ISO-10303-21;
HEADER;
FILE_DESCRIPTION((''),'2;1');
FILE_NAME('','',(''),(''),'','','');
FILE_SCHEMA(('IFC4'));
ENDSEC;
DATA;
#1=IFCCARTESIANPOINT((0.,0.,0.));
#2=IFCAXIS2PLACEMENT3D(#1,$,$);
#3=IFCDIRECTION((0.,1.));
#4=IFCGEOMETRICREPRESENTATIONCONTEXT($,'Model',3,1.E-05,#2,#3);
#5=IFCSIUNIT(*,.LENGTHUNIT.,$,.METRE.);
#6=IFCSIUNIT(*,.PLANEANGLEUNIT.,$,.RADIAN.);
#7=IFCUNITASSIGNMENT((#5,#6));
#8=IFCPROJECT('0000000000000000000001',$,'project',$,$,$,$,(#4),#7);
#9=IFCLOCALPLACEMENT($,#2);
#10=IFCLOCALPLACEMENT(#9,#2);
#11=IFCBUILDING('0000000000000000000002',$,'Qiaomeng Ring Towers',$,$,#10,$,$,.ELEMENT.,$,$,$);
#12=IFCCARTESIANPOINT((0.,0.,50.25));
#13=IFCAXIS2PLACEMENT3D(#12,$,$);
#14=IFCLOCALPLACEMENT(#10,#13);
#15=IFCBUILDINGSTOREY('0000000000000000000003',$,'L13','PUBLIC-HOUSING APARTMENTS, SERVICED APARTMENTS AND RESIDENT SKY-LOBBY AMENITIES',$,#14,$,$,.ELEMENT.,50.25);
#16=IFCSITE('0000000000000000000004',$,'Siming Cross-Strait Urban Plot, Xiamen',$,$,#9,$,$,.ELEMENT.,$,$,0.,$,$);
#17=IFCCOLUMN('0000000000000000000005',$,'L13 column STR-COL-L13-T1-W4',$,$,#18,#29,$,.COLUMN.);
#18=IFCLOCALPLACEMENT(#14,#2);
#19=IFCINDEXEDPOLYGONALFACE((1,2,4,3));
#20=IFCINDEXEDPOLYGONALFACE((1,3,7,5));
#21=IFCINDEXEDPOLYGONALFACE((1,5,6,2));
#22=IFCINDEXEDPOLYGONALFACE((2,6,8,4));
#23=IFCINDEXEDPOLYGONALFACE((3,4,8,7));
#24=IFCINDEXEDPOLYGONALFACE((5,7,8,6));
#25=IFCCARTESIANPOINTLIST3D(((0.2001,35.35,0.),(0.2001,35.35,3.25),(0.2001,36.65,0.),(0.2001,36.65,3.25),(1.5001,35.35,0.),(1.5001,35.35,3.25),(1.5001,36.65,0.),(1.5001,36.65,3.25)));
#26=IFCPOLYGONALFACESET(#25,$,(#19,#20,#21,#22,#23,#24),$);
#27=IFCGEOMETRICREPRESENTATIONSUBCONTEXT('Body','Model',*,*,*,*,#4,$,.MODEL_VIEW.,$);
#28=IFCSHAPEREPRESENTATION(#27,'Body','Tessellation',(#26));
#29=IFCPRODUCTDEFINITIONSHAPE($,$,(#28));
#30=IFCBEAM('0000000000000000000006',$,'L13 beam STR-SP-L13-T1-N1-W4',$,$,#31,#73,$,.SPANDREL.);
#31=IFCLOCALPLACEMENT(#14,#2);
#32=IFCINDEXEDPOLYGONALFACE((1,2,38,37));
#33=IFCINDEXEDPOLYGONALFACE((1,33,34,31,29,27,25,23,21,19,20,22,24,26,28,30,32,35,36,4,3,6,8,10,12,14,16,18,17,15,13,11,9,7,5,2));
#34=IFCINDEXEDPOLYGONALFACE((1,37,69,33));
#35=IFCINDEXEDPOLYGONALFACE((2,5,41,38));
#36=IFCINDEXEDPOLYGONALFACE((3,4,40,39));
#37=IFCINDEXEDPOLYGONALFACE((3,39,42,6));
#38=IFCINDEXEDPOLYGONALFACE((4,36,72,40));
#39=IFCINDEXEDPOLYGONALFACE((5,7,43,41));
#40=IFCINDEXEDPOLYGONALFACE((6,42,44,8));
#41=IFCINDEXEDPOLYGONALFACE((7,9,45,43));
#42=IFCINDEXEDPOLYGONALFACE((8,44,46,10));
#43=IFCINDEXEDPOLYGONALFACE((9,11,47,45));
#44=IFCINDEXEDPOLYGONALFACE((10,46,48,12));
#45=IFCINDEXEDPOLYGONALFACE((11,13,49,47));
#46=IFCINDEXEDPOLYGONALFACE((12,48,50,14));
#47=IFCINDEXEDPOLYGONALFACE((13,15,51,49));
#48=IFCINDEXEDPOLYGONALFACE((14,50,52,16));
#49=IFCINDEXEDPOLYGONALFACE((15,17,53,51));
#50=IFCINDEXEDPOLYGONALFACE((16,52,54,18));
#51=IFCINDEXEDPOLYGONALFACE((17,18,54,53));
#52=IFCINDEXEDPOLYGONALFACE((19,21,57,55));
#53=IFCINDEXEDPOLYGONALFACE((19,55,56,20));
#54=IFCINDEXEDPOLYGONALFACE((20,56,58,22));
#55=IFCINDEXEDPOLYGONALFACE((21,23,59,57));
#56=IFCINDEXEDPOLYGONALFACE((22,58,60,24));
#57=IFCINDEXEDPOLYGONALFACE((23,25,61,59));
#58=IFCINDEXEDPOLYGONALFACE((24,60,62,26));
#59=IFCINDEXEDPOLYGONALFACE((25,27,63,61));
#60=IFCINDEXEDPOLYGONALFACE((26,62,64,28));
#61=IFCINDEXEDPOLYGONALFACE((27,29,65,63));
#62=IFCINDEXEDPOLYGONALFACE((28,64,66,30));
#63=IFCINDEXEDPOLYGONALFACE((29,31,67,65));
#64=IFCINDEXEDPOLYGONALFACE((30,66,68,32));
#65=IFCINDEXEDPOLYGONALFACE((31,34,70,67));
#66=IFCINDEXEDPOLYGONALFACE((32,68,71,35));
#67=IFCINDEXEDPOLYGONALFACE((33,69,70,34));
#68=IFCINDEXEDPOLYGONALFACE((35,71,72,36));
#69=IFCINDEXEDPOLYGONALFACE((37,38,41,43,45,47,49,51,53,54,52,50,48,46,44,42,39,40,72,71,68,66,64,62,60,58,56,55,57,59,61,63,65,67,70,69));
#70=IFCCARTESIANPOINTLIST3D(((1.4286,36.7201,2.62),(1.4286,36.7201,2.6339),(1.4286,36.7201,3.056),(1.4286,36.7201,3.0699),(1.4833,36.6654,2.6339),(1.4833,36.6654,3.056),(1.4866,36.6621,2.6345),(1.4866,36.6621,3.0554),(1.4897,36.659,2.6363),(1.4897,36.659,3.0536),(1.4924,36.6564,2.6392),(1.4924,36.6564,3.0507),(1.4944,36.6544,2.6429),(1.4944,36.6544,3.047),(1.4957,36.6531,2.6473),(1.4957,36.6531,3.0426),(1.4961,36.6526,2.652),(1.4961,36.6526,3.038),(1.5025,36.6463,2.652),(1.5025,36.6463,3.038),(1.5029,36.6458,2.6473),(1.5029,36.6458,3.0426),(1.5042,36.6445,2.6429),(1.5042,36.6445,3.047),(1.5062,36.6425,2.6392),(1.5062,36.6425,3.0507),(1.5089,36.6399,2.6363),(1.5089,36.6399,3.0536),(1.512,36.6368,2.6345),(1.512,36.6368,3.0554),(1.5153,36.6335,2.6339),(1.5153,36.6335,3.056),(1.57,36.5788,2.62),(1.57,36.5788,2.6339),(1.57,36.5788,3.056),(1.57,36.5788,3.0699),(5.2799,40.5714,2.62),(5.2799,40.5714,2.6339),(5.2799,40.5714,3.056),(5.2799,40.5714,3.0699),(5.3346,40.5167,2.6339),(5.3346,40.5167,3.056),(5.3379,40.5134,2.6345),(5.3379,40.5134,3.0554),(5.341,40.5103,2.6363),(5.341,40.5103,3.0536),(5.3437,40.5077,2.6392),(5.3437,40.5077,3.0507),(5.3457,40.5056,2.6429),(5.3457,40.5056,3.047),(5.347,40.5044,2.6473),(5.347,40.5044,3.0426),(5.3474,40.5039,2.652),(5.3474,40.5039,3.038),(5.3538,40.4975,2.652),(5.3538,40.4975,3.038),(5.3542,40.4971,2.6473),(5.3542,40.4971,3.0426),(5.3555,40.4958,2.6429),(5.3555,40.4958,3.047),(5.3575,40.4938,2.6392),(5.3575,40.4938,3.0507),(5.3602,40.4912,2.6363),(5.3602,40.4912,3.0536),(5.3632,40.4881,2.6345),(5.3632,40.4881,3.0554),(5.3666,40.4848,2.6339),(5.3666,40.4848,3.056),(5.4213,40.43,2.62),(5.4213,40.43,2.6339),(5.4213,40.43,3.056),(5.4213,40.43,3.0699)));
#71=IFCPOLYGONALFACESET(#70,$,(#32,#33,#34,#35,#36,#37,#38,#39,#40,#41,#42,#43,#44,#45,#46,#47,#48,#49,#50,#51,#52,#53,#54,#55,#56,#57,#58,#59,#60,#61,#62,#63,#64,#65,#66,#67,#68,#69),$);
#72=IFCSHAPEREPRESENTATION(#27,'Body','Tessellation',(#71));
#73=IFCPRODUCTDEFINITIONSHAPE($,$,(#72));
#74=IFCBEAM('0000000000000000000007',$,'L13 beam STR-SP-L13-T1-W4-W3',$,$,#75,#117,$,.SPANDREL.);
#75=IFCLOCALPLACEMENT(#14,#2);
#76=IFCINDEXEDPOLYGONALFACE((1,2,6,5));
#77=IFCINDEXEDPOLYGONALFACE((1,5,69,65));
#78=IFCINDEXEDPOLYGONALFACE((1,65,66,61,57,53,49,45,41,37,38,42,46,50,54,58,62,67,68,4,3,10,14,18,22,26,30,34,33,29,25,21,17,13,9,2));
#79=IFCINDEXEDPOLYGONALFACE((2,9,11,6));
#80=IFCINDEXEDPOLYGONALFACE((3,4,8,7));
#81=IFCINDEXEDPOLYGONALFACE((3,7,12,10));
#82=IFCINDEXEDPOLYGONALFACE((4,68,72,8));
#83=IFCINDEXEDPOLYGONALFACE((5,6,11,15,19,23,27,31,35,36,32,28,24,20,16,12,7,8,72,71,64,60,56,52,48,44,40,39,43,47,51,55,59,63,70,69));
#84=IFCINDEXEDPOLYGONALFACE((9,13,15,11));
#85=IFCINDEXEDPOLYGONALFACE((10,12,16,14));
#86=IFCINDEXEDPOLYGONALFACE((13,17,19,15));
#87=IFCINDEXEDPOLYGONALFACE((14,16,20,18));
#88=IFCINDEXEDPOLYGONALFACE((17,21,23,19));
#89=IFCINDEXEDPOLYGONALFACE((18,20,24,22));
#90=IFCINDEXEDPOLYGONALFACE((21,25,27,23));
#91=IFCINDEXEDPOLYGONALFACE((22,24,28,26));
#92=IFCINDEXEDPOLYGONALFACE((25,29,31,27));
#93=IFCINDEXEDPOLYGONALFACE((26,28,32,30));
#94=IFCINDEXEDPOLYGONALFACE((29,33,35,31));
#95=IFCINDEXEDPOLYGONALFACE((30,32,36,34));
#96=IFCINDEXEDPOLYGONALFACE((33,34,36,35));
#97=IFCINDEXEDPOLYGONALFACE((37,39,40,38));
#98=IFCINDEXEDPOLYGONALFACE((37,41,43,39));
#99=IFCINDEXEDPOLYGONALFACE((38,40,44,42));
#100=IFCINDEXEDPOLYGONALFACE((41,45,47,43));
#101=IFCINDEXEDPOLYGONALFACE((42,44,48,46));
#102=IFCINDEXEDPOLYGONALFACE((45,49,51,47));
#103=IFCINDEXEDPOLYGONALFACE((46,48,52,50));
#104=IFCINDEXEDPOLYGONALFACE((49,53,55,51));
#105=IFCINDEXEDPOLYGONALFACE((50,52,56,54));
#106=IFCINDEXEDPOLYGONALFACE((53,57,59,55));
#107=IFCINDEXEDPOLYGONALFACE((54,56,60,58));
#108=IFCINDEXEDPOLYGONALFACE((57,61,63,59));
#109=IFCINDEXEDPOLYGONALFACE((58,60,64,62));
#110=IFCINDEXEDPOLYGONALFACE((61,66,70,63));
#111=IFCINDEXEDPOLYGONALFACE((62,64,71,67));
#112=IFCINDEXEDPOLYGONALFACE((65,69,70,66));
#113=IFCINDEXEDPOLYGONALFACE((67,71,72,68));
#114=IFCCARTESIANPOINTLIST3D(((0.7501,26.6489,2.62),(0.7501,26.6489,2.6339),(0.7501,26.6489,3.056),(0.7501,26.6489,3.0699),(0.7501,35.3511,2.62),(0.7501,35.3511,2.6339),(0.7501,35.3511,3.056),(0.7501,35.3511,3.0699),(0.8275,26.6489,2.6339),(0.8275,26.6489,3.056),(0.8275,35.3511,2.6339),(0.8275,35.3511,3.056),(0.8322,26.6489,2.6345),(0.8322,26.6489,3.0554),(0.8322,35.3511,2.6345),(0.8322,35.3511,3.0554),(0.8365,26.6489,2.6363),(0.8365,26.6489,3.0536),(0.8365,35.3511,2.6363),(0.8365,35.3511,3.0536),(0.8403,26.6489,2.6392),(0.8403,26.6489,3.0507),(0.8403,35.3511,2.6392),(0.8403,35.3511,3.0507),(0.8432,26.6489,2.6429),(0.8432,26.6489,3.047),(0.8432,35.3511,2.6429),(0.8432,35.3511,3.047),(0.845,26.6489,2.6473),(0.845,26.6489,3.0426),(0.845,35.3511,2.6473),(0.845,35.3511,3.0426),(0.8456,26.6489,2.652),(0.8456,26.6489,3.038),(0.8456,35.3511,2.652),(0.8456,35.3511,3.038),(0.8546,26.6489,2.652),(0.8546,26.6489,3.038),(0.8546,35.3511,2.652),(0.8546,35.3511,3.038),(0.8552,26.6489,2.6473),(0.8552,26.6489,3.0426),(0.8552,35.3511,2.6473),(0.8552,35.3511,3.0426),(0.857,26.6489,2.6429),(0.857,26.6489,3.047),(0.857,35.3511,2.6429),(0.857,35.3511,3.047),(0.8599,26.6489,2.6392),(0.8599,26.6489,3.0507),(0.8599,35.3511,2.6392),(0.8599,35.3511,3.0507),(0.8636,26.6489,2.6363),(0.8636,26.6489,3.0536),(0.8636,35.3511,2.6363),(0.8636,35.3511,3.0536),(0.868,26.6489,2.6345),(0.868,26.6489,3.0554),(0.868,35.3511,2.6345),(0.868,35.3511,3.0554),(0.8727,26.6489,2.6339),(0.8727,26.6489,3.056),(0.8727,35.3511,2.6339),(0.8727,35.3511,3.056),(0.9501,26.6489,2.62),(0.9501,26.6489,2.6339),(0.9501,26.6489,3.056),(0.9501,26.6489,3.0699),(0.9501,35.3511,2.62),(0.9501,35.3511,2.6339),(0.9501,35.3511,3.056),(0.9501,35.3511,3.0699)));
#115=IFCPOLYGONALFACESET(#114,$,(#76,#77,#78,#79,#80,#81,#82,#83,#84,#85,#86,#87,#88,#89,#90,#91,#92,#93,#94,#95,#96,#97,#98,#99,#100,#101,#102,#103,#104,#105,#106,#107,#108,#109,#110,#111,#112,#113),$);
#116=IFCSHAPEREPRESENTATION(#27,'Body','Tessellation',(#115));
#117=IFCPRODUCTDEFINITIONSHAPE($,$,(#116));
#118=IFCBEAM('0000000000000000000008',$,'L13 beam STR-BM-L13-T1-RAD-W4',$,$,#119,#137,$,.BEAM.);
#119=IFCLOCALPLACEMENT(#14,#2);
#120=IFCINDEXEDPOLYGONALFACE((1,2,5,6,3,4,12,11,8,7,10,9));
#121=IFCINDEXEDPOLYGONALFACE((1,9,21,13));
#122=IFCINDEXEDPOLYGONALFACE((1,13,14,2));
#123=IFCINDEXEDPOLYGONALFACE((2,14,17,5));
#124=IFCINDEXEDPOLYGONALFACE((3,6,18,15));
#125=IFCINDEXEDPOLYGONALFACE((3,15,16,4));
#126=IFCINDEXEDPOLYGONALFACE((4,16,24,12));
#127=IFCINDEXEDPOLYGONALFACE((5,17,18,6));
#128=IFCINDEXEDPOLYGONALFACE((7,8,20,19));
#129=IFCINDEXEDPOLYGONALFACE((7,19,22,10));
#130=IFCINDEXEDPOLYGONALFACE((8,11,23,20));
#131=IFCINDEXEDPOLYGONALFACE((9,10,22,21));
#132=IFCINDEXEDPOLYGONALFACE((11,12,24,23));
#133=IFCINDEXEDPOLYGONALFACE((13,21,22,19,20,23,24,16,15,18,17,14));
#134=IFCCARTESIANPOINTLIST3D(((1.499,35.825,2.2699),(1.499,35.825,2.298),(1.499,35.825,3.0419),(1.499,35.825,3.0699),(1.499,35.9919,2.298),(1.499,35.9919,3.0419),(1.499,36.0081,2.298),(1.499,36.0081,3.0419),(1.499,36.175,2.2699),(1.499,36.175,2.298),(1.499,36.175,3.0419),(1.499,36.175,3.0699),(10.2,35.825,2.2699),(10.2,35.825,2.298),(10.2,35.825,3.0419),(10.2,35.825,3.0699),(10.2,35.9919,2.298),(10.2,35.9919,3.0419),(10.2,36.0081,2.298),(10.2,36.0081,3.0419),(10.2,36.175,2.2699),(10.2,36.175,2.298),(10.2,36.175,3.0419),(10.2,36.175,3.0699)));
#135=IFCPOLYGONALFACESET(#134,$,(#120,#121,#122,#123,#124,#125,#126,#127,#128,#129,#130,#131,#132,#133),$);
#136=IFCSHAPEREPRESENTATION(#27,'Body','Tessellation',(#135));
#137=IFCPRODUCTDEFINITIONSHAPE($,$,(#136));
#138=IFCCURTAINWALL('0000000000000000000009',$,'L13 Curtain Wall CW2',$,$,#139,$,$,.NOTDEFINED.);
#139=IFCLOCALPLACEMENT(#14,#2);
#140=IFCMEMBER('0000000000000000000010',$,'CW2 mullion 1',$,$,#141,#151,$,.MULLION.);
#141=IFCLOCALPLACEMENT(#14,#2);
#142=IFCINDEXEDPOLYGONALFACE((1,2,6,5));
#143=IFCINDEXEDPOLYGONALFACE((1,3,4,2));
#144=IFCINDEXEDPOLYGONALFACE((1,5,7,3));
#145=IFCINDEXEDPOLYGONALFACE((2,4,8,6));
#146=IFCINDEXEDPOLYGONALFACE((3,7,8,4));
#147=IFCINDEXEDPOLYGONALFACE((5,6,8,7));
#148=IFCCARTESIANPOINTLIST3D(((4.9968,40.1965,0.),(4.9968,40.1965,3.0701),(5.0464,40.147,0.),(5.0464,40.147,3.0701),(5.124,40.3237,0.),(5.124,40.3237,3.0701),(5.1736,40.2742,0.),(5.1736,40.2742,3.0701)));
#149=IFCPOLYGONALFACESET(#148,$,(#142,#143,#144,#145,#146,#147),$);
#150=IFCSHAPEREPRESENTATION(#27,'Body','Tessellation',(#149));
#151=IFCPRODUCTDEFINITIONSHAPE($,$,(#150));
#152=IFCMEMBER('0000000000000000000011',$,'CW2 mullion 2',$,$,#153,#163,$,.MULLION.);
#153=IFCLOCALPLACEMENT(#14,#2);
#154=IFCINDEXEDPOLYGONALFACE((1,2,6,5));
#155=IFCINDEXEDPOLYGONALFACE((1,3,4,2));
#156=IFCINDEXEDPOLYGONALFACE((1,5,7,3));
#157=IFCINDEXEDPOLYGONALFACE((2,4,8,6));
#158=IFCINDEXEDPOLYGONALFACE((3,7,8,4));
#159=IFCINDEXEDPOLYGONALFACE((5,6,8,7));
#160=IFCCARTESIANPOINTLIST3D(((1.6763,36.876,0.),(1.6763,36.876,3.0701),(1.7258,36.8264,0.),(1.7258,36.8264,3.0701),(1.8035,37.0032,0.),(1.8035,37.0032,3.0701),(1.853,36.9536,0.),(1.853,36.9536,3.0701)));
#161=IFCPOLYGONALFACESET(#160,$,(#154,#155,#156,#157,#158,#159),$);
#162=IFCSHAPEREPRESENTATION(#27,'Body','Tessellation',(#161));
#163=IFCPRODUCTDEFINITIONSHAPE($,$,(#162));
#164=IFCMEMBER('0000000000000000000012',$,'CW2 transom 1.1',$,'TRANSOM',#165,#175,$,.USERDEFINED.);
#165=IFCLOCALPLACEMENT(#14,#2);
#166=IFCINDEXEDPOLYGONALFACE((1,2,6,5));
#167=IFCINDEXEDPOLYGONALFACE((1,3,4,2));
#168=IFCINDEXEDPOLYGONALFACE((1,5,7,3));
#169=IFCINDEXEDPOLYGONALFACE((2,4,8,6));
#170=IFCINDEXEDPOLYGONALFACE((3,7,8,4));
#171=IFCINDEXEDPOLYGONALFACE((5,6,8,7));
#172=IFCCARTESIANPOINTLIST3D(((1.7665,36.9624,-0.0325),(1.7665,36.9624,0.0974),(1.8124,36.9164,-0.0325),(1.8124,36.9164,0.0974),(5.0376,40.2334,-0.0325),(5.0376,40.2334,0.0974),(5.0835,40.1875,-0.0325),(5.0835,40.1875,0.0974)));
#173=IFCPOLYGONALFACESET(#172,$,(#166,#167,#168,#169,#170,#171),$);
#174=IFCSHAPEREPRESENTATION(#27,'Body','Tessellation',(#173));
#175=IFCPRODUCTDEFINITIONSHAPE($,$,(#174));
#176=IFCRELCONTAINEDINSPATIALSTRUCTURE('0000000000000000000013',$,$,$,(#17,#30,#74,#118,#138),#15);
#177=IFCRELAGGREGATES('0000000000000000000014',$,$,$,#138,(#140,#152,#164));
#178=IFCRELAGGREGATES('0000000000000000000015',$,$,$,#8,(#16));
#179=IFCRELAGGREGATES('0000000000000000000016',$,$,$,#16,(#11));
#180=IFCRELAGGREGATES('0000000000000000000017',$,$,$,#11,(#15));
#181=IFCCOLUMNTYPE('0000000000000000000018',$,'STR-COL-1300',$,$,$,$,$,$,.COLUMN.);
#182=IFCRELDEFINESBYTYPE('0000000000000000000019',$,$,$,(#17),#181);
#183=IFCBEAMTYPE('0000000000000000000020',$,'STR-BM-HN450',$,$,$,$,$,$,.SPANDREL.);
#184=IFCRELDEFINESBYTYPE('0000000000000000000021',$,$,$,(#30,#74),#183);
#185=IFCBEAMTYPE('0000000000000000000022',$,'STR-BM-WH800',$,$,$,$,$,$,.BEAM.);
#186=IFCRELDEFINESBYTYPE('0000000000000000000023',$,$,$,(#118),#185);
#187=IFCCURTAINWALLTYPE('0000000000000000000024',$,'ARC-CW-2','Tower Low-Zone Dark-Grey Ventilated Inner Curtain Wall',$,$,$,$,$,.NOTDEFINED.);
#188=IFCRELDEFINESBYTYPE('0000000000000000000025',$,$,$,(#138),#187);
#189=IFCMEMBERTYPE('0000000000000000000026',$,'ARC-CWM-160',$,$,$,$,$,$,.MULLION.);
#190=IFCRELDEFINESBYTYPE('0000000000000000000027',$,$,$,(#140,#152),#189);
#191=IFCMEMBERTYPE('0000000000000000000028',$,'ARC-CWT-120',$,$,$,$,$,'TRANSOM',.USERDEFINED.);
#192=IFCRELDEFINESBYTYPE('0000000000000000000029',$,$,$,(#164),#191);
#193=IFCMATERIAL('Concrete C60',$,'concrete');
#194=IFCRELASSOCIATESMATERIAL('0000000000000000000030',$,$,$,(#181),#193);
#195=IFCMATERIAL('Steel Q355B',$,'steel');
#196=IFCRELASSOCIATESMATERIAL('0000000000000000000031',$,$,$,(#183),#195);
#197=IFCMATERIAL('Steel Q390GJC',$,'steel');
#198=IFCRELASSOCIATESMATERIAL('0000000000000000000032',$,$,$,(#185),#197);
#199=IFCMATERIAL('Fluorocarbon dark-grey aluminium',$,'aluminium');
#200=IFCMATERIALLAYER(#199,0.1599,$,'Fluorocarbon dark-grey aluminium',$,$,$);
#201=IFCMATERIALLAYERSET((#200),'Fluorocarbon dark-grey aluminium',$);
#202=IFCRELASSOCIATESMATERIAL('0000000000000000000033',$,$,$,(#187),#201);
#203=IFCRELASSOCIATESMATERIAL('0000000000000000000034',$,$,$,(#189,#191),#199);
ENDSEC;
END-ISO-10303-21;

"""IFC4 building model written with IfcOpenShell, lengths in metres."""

from ifc_helpers import new_model, si_unit, direction, frame, origin, origin_2d, place, context, subcontext, project, spatial, rectangle, i_section, extrude, source, transform, mapped, material, layer, layer_set, material_profile, profile_set, type_object, element, aggregate, save


model = new_model("IFC4")

# Units and contexts
model_context = context("Model", 3, precision=1e-05, world=origin(), true_north=direction((0.0, 1.0)))
body_context = subcontext(model_context, "Body", "Model", "MODEL_VIEW")
ifc_project = project(units=[si_unit("LENGTHUNIT", "METRE"), si_unit("PLANEANGLEUNIT", "RADIAN")], contexts=[model_context])

# Site, building, storey
site_placement = place(None, origin())
site = spatial("IfcSite", under=ifc_project, at=site_placement, Name="Siming Cross-Strait Urban Plot, Xiamen", CompositionType="ELEMENT", RefElevation=0.0)
building_placement = place(site_placement, origin())
building = spatial("IfcBuilding", under=site, at=building_placement, Name="Qiaomeng Ring Towers", CompositionType="ELEMENT")
storey_placement = place(building_placement, frame((0.0, 0.0, 50.25)))
storey = spatial("IfcBuildingStorey", under=building, at=storey_placement, Name="L13", Description="PUBLIC-HOUSING APARTMENTS, SERVICED APARTMENTS AND RESIDENT SKY-LOBBY AMENITIES", CompositionType="ELEMENT", Elevation=50.25)

# Column
ifc_material_1 = material(Name="Concrete C60", Category="concrete")
ifc_material_profile_1 = material_profile(ifc_material_1, rectangle(XDim=1.3, YDim=1.3, at=origin_2d()), Name="RC COL 1300x1300")
ifc_profile_set_1 = profile_set([ifc_material_profile_1], Name="Concrete C60")
column_type = type_object("IfcColumnType", Name="STR-COL-1300", PredefinedType="COLUMN", material=ifc_profile_set_1)
shared_shape_1 = source(origin(), body_context, "Body", "SweptSolid", [
    extrude(rectangle(XDim=1.3, YDim=1.3, at=origin_2d()), origin(), (0.0, 0.0, 1.0), 3.25),
])
column_placement = place(storey_placement, frame((0.8501, 36.0, 0.0), z_axis=(0.0, 0.0, 1.0), x_axis=(1.0, 0.0, 0.0)))
element("IfcColumn", 1, at=column_placement, inside=storey, type_object=column_type, Name="L13 column STR-COL-L13-T1-W4", PredefinedType="COLUMN", context=body_context, shape_type="MappedRepresentation", body=[
    mapped(shared_shape_1, transform((0.0, 0.0, 0.0), x_axis=(1.0, 0.0, 0.0), y_axis=(0.0, 1.0, 0.0), z_axis=(0.0, 0.0, 1.0), scale=1.0)),
])

# Beams
ifc_material_2 = material(Name="Steel Q355B", Category="steel")
ifc_material_profile_2 = material_profile(ifc_material_2, i_section(OverallWidth=0.2, OverallDepth=0.45, WebThickness=0.009, FlangeThickness=0.0139, FilletRadius=0.0181, at=origin_2d()), Name="HN 450x200x9x14")
ifc_profile_set_2 = profile_set([ifc_material_profile_2], Name="Steel Q355B")
beam_type_1 = type_object("IfcBeamType", Name="STR-BM-HN450", PredefinedType="SPANDREL", material=ifc_profile_set_2)
shared_shape_2 = source(origin(), body_context, "Body", "SweptSolid", [
    extrude(i_section(OverallWidth=0.2, OverallDepth=0.45, WebThickness=0.009, FlangeThickness=0.0139, FilletRadius=0.0181, at=origin_2d()), origin(), (0.0, 0.0, 1.0), 5.4465),
])
beam_1_placement = place(storey_placement, frame((5.3506, 40.5007, 2.845), z_axis=(-0.707107, -0.707107, 0.0), x_axis=(0.707107, -0.707107, 0.0)))
element("IfcBeam", 2, at=beam_1_placement, inside=storey, type_object=beam_type_1, Name="L13 beam STR-SP-L13-T1-N1-W4", PredefinedType="SPANDREL", context=body_context, shape_type="MappedRepresentation", body=[
    mapped(shared_shape_2, transform((0.0, 0.0, 0.0), x_axis=(1.0, 0.0, 0.0), y_axis=(0.0, 1.0, 0.0), z_axis=(0.0, 0.0, 1.0), scale=1.0)),
])
shared_shape_3 = source(origin(), body_context, "Body", "SweptSolid", [
    extrude(i_section(OverallWidth=0.2, OverallDepth=0.45, WebThickness=0.009, FlangeThickness=0.0139, FilletRadius=0.0181, at=origin_2d()), origin(), (0.0, 0.0, 1.0), 8.7021),
])
beam_2_placement = place(storey_placement, frame((0.8501, 35.3511, 2.845), z_axis=(0.0, -1.0, 0.0), x_axis=(1.0, 0.0, 0.0)))
element("IfcBeam", 3, at=beam_2_placement, inside=storey, type_object=beam_type_1, Name="L13 beam STR-SP-L13-T1-W4-W3", PredefinedType="SPANDREL", context=body_context, shape_type="MappedRepresentation", body=[
    mapped(shared_shape_3, transform((0.0, 0.0, 0.0), x_axis=(1.0, 0.0, 0.0), y_axis=(0.0, 1.0, 0.0), z_axis=(0.0, 0.0, 1.0), scale=1.0)),
])
ifc_material_3 = material(Name="Steel Q390GJC", Category="steel")
ifc_material_profile_3 = material_profile(ifc_material_3, i_section(OverallWidth=0.3501, OverallDepth=0.8, WebThickness=0.0161, FlangeThickness=0.0281, at=origin_2d()), Name="WH 800x350x16x28")
ifc_profile_set_3 = profile_set([ifc_material_profile_3], Name="Steel Q390GJC")
beam_type_2 = type_object("IfcBeamType", Name="STR-BM-WH800", PredefinedType="BEAM", material=ifc_profile_set_3)
shared_shape_4 = source(origin(), body_context, "Body", "SweptSolid", [
    extrude(i_section(OverallWidth=0.3501, OverallDepth=0.8, WebThickness=0.0161, FlangeThickness=0.0281, at=origin_2d()), origin(), (0.0, 0.0, 1.0), 8.7009),
])
beam_3_placement = place(storey_placement, frame((1.499, 36.0, 2.6699), z_axis=(1.0, 0.0, 0.0), x_axis=(0.0, 1.0, 0.0)))
element("IfcBeam", 4, at=beam_3_placement, inside=storey, type_object=beam_type_2, Name="L13 beam STR-BM-L13-T1-RAD-W4", PredefinedType="BEAM", context=body_context, shape_type="MappedRepresentation", body=[
    mapped(shared_shape_4, transform((0.0, 0.0, 0.0), x_axis=(1.0, 0.0, 0.0), y_axis=(0.0, 1.0, 0.0), z_axis=(0.0, 0.0, 1.0), scale=1.0)),
])

# Curtain wall, members
ifc_material_4 = material(Name="Fluorocarbon dark-grey aluminium", Category="aluminium")
ifc_layer_1 = layer(ifc_material_4, 0.1599, Name="Fluorocarbon dark-grey aluminium")
ifc_layer_set_1 = layer_set([ifc_layer_1], Name="Fluorocarbon dark-grey aluminium")
curtain_wall_type = type_object("IfcCurtainWallType", Name="ARC-CW-2", Description="Tower Low-Zone Dark-Grey Ventilated Inner Curtain Wall", PredefinedType="NOTDEFINED", material=ifc_layer_set_1)
curtain_wall_placement = place(storey_placement, origin())
curtain_wall = element("IfcCurtainWall", 5, at=curtain_wall_placement, inside=storey, type_object=curtain_wall_type, Name="L13 Curtain Wall CW2", PredefinedType="NOTDEFINED")
ifc_material_profile_4 = material_profile(ifc_material_4, rectangle(XDim=0.0701, YDim=0.1799, at=origin_2d()), Name="ALU MULL 70x180")
ifc_profile_set_4 = profile_set([ifc_material_profile_4], Name="Fluorocarbon dark-grey aluminium")
member_type_1 = type_object("IfcMemberType", Name="ARC-CWM-160", PredefinedType="MULLION", material=ifc_profile_set_4)
shared_shape_5 = source(origin(), body_context, "Body", "SweptSolid", [
    extrude(rectangle(XDim=0.0701, YDim=0.1799, at=origin_2d()), origin(), (0.0, 0.0, 1.0), 3.0701),
])
member_1_placement = place(storey_placement, frame((5.0852, 40.2354, 0.0), z_axis=(0.0, 0.0, 1.0), x_axis=(0.707107, -0.707107, 0.0)))
member_1 = element("IfcMember", 6, at=member_1_placement, type_object=member_type_1, Name="CW2 mullion 1", PredefinedType="MULLION", context=body_context, shape_type="MappedRepresentation", body=[
    mapped(shared_shape_5, transform((0.0, 0.0, 0.0), x_axis=(1.0, 0.0, 0.0), y_axis=(0.0, 1.0, 0.0), z_axis=(0.0, 0.0, 1.0), scale=1.0)),
])
member_2_placement = place(storey_placement, frame((1.7646, 36.9148, 0.0), z_axis=(0.0, 0.0, 1.0), x_axis=(0.707107, -0.707107, 0.0)))
member_2 = element("IfcMember", 7, at=member_2_placement, type_object=member_type_1, Name="CW2 mullion 2", PredefinedType="MULLION", context=body_context, shape_type="MappedRepresentation", body=[
    mapped(shared_shape_5, transform((0.0, 0.0, 0.0), x_axis=(1.0, 0.0, 0.0), y_axis=(0.0, 1.0, 0.0), z_axis=(0.0, 0.0, 1.0), scale=1.0)),
])
ifc_material_profile_5 = material_profile(ifc_material_4, rectangle(XDim=0.0649, YDim=0.1299, at=origin_2d()), Name="ALU TRAN 65x130")
ifc_profile_set_5 = profile_set([ifc_material_profile_5], Name="Fluorocarbon dark-grey aluminium")
member_type_2 = type_object("IfcMemberType", Name="ARC-CWT-120", ElementType="TRANSOM", PredefinedType="USERDEFINED", material=ifc_profile_set_5)
shared_shape_6 = source(origin(), body_context, "Body", "SweptSolid", [
    extrude(rectangle(XDim=0.0649, YDim=0.1299, at=origin_2d()), origin(), (0.0, 0.0, 1.0), 4.626),
])
member_3_placement = place(storey_placement, frame((5.0605, 40.2104, 0.0325), z_axis=(-0.707107, -0.707107, 0.0), x_axis=(0.707107, -0.707107, 0.0)))
member_3 = element("IfcMember", 8, at=member_3_placement, type_object=member_type_2, Name="CW2 transom 1.1", ObjectType="TRANSOM", PredefinedType="USERDEFINED", context=body_context, shape_type="MappedRepresentation", body=[
    mapped(shared_shape_6, transform((0.0, 0.0, 0.0), x_axis=(1.0, 0.0, 0.0), y_axis=(0.0, 1.0, 0.0), z_axis=(0.0, 0.0, 1.0), scale=1.0)),
])
aggregate(curtain_wall, [member_1, member_2, member_3])

save(model, "model.ifc")
